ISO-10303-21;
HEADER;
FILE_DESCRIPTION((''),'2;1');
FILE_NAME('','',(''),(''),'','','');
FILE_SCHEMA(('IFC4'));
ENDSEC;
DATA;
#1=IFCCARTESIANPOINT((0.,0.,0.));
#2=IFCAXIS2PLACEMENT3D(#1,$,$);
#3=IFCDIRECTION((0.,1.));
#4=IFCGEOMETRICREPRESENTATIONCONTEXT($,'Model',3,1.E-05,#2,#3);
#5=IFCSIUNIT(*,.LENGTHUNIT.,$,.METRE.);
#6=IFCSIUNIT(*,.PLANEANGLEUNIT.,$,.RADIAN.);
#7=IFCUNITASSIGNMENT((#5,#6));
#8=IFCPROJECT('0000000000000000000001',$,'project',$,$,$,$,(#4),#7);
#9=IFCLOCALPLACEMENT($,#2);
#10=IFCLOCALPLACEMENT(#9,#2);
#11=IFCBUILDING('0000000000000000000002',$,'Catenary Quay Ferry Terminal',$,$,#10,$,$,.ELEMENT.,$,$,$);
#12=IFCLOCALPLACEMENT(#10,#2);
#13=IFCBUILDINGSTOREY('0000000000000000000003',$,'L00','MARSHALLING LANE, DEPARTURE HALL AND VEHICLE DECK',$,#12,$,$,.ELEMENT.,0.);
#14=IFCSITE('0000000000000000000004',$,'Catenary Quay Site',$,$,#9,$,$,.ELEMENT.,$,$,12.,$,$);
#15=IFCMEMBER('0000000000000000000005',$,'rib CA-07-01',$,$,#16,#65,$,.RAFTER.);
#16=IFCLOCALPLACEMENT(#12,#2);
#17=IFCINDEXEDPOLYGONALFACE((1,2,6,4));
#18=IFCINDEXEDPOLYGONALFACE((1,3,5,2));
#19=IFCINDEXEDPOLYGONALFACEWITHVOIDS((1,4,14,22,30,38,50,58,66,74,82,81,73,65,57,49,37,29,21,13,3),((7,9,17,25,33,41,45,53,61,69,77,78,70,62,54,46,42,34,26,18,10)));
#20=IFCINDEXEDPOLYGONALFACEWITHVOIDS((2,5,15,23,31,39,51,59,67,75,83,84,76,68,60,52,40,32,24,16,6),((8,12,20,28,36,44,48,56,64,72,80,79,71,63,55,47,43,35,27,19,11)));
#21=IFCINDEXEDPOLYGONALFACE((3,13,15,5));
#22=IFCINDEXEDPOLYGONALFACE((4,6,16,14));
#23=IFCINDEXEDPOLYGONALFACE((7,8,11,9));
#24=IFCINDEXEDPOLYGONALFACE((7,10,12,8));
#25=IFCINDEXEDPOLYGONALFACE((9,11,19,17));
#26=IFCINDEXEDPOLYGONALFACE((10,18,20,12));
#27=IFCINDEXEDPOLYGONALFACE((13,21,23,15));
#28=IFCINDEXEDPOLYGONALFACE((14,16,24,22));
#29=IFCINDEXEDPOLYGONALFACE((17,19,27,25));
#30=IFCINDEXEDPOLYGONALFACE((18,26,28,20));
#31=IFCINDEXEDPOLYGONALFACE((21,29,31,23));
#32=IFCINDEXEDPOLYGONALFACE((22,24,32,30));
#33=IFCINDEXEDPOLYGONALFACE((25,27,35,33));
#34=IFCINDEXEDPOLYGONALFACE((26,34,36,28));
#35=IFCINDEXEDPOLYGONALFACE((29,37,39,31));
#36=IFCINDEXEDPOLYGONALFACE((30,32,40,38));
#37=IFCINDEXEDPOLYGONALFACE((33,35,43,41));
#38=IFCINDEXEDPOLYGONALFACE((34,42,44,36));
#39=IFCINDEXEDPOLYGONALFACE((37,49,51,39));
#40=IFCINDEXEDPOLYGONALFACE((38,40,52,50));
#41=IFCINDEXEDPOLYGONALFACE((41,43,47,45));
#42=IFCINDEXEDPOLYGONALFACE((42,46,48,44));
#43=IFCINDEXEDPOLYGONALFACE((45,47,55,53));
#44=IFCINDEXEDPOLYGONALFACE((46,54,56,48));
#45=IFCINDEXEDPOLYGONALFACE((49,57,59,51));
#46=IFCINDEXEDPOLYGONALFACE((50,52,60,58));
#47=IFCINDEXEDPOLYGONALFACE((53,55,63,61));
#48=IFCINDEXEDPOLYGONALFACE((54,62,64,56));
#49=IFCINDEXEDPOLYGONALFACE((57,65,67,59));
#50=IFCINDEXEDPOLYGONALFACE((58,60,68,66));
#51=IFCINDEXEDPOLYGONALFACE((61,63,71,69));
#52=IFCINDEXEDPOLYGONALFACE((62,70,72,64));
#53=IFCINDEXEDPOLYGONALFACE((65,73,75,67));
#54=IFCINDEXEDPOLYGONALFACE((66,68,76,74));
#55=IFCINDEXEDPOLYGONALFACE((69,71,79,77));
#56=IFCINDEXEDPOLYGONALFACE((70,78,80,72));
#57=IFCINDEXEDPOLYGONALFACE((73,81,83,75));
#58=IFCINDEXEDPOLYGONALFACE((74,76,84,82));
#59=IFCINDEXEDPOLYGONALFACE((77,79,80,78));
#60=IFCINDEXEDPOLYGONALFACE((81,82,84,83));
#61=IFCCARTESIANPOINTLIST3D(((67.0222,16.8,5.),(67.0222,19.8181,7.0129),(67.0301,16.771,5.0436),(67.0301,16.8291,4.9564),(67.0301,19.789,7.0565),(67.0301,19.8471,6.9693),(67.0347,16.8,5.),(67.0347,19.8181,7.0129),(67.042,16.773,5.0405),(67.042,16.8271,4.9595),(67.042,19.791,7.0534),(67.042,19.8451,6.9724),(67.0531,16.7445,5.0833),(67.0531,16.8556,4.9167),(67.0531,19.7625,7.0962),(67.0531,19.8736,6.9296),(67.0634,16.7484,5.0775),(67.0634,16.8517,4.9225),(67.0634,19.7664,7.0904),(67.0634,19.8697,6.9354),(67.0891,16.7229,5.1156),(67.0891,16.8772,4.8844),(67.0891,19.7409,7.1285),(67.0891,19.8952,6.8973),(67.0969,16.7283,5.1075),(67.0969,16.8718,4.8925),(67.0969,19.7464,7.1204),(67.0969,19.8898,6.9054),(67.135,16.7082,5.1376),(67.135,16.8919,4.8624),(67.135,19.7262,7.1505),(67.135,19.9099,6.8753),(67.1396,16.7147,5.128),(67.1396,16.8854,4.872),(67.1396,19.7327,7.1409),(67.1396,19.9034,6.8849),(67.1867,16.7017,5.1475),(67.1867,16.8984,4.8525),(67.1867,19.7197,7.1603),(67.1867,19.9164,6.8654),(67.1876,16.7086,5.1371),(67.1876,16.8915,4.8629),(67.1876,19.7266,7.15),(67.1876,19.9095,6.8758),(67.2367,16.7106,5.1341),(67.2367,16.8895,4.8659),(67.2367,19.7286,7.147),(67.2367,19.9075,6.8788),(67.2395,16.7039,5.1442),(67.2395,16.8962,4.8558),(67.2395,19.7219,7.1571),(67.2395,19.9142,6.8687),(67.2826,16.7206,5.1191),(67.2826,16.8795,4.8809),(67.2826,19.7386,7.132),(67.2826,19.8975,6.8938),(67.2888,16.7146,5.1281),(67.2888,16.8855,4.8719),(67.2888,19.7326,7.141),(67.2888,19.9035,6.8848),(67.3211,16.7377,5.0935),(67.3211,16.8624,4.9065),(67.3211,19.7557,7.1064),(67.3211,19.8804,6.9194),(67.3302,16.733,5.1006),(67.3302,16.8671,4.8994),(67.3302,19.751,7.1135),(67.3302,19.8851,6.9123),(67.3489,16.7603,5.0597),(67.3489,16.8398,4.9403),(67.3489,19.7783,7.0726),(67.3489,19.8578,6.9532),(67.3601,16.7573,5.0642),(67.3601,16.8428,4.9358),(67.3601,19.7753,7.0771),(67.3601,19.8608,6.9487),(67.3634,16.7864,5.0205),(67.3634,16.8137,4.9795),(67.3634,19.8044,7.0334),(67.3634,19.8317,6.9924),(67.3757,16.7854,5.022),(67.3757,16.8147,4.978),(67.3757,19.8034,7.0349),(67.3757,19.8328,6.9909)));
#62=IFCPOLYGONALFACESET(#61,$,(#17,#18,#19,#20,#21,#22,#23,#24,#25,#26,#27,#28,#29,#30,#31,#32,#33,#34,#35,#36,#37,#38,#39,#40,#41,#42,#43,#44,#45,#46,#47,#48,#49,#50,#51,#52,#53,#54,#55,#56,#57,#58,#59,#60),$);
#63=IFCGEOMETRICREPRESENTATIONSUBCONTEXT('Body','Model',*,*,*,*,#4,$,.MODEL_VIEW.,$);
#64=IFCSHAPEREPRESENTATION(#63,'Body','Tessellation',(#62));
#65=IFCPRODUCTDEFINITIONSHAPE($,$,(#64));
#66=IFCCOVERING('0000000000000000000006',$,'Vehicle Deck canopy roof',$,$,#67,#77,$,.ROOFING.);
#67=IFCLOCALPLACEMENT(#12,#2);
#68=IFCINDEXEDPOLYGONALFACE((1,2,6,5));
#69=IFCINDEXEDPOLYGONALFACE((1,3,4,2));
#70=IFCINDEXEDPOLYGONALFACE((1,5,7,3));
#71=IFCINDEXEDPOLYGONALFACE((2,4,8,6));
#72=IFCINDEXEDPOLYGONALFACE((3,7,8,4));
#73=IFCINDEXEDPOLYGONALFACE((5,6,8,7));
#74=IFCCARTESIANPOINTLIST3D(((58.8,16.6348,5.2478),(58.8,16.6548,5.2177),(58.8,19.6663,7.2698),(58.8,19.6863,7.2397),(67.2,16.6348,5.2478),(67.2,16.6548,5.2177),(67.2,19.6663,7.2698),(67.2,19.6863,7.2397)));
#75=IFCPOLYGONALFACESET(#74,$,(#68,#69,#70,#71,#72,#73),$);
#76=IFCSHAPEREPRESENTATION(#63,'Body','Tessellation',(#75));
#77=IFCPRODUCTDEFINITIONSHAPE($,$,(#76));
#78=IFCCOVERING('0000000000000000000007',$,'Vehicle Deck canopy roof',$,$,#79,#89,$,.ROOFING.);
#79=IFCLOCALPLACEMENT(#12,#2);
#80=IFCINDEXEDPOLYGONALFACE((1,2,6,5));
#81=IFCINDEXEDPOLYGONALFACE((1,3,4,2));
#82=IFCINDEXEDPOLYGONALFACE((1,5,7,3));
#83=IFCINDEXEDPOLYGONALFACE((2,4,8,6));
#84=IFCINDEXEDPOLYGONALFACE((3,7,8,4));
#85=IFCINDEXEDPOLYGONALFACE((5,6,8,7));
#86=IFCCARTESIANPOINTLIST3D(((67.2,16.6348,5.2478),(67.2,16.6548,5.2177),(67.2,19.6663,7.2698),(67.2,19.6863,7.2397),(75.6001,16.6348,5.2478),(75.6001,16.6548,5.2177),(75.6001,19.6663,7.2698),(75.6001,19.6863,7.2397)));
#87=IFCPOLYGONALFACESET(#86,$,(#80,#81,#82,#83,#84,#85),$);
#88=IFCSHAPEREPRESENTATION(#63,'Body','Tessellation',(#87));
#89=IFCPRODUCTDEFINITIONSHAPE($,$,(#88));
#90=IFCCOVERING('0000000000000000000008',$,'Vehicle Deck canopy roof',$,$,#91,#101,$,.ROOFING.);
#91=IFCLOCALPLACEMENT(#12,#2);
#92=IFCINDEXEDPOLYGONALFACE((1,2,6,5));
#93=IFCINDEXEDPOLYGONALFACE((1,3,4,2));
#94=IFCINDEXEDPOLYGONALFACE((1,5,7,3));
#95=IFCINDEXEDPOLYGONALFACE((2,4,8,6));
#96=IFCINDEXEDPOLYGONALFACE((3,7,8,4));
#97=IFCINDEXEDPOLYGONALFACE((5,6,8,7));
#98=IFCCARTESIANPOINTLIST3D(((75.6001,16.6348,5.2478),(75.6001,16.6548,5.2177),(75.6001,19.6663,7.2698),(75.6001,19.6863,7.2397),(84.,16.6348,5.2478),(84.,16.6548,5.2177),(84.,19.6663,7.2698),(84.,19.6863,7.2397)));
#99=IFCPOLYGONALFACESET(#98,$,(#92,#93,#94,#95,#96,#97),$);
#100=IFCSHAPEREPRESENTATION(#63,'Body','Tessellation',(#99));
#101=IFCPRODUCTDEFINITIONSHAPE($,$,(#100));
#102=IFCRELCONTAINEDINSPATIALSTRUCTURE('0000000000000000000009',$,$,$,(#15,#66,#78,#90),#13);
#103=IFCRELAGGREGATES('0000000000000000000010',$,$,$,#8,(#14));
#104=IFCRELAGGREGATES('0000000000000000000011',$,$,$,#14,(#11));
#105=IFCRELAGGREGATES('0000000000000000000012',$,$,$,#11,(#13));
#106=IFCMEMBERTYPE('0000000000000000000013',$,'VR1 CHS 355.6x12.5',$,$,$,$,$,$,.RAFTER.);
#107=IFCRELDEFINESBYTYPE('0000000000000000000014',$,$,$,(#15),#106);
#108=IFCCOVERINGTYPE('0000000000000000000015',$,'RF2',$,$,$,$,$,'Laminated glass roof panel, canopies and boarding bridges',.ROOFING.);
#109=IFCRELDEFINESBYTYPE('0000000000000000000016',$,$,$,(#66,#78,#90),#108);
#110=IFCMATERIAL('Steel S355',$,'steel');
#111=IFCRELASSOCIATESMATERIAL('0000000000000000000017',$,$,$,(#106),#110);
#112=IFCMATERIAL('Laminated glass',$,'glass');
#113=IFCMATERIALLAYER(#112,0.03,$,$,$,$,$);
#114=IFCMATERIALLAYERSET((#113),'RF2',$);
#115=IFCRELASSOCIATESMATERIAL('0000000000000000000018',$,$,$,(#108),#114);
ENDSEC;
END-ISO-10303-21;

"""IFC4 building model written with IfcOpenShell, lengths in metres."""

from ifc_helpers import new_model, si_unit, direction, frame, origin, origin_2d, place, context, subcontext, project, spatial, polyline, hollow_circle, outline, extrude, material, layer, layer_set, material_profile, profile_set, type_object, element, save


model = new_model("IFC4")

# Units and contexts
model_context = context("Model", 3, precision=1e-05, world=origin(), true_north=direction((0.0, 1.0)))
body_context = subcontext(model_context, "Body", "Model", "MODEL_VIEW")
ifc_project = project(units=[si_unit("LENGTHUNIT", "METRE"), si_unit("PLANEANGLEUNIT", "RADIAN")], contexts=[model_context])

# Site, building, storey
site_placement = place(None, origin())
site = spatial("IfcSite", under=ifc_project, at=site_placement, Name="Catenary Quay Site", CompositionType="ELEMENT", RefElevation=12.0)
building_placement = place(site_placement, origin())
building = spatial("IfcBuilding", under=site, at=building_placement, Name="Catenary Quay Ferry Terminal", CompositionType="ELEMENT")
storey_placement = place(building_placement, origin())
storey = spatial("IfcBuildingStorey", under=building, at=storey_placement, Name="L00", Description="MARSHALLING LANE, DEPARTURE HALL AND VEHICLE DECK", CompositionType="ELEMENT", Elevation=0.0)

# Member
ifc_material_1 = material(Name="Steel S355", Category="steel")
ifc_material_profile_1 = material_profile(ifc_material_1, hollow_circle(Radius=0.1777, WallThickness=0.0125, at=origin_2d()), Name="CHS 355.6x12.5")
ifc_profile_set_1 = profile_set([ifc_material_profile_1], Name="Steel S355")
member_type = type_object("IfcMemberType", Name="VR1 CHS 355.6x12.5", PredefinedType="RAFTER", material=ifc_profile_set_1)
for number, where, z_axis, x_axis, name in (
    (1, (67.2, 16.8, 5.0), (0.0, 0.831936, 0.554871), (-1.0, 0.0, 0.0), "rib CA-07-01"),
):
    element("IfcMember", number, at=place(storey_placement, frame(where, z_axis=z_axis, x_axis=x_axis)), inside=storey, type_object=member_type, Name=name, PredefinedType="RAFTER", context=body_context, shape_type="SweptSolid", body=[
        extrude(hollow_circle(Radius=0.1777, WallThickness=0.0125, at=origin_2d()), origin(), (0.0, 0.0, 1.0), 3.6277),
    ])

# Coverings
ifc_material_2 = material(Name="Laminated glass", Category="glass")
ifc_layer = layer(ifc_material_2, 0.03)
ifc_layer_set = layer_set([ifc_layer], Name="RF2")
covering_type = type_object("IfcCoveringType", Name="RF2", ElementType="Laminated glass roof panel, canopies and boarding bridges", PredefinedType="ROOFING", material=ifc_layer_set)
covering_1_placement = place(storey_placement, frame((58.8, 16.6348, 5.2478), z_axis=(0.0, -0.554886, 0.831927), x_axis=(1.0, 0.0, 0.0)))
element("IfcCovering", 2, at=covering_1_placement, inside=storey, type_object=covering_type, Name="Vehicle Deck canopy roof", PredefinedType="ROOFING", context=body_context, shape_type="SweptSolid", body=[
    extrude(outline(polyline([(0.0, 0.0), (8.3999, 0.0), (8.3999, 3.6439), (0.0, 3.6439), (0.0, 0.0)])), origin(), (0.0, 0.0, -1.0), 0.0361),
])
covering_2_placement = place(storey_placement, frame((67.2, 16.6348, 5.2478), z_axis=(0.0, -0.554886, 0.831927), x_axis=(1.0, 0.0, 0.0)))
element("IfcCovering", 3, at=covering_2_placement, inside=storey, type_object=covering_type, Name="Vehicle Deck canopy roof", PredefinedType="ROOFING", context=body_context, shape_type="SweptSolid", body=[
    extrude(outline(polyline([(0.0, 0.0), (8.4001, 0.0), (8.4001, 3.6439), (0.0, 3.6439), (0.0, 0.0)])), origin(), (0.0, 0.0, -1.0), 0.0361),
])
covering_3_placement = place(storey_placement, frame((75.6001, 16.6348, 5.2478), z_axis=(0.0, -0.554886, 0.831927), x_axis=(1.0, 0.0, 0.0)))
element("IfcCovering", 4, at=covering_3_placement, inside=storey, type_object=covering_type, Name="Vehicle Deck canopy roof", PredefinedType="ROOFING", context=body_context, shape_type="SweptSolid", body=[
    extrude(outline(polyline([(0.0, 0.0), (8.3999, 0.0), (8.3999, 3.6439), (0.0, 3.6439), (0.0, 0.0)])), origin(), (0.0, 0.0, -1.0), 0.0361),
])

save(model, "model.ifc")
